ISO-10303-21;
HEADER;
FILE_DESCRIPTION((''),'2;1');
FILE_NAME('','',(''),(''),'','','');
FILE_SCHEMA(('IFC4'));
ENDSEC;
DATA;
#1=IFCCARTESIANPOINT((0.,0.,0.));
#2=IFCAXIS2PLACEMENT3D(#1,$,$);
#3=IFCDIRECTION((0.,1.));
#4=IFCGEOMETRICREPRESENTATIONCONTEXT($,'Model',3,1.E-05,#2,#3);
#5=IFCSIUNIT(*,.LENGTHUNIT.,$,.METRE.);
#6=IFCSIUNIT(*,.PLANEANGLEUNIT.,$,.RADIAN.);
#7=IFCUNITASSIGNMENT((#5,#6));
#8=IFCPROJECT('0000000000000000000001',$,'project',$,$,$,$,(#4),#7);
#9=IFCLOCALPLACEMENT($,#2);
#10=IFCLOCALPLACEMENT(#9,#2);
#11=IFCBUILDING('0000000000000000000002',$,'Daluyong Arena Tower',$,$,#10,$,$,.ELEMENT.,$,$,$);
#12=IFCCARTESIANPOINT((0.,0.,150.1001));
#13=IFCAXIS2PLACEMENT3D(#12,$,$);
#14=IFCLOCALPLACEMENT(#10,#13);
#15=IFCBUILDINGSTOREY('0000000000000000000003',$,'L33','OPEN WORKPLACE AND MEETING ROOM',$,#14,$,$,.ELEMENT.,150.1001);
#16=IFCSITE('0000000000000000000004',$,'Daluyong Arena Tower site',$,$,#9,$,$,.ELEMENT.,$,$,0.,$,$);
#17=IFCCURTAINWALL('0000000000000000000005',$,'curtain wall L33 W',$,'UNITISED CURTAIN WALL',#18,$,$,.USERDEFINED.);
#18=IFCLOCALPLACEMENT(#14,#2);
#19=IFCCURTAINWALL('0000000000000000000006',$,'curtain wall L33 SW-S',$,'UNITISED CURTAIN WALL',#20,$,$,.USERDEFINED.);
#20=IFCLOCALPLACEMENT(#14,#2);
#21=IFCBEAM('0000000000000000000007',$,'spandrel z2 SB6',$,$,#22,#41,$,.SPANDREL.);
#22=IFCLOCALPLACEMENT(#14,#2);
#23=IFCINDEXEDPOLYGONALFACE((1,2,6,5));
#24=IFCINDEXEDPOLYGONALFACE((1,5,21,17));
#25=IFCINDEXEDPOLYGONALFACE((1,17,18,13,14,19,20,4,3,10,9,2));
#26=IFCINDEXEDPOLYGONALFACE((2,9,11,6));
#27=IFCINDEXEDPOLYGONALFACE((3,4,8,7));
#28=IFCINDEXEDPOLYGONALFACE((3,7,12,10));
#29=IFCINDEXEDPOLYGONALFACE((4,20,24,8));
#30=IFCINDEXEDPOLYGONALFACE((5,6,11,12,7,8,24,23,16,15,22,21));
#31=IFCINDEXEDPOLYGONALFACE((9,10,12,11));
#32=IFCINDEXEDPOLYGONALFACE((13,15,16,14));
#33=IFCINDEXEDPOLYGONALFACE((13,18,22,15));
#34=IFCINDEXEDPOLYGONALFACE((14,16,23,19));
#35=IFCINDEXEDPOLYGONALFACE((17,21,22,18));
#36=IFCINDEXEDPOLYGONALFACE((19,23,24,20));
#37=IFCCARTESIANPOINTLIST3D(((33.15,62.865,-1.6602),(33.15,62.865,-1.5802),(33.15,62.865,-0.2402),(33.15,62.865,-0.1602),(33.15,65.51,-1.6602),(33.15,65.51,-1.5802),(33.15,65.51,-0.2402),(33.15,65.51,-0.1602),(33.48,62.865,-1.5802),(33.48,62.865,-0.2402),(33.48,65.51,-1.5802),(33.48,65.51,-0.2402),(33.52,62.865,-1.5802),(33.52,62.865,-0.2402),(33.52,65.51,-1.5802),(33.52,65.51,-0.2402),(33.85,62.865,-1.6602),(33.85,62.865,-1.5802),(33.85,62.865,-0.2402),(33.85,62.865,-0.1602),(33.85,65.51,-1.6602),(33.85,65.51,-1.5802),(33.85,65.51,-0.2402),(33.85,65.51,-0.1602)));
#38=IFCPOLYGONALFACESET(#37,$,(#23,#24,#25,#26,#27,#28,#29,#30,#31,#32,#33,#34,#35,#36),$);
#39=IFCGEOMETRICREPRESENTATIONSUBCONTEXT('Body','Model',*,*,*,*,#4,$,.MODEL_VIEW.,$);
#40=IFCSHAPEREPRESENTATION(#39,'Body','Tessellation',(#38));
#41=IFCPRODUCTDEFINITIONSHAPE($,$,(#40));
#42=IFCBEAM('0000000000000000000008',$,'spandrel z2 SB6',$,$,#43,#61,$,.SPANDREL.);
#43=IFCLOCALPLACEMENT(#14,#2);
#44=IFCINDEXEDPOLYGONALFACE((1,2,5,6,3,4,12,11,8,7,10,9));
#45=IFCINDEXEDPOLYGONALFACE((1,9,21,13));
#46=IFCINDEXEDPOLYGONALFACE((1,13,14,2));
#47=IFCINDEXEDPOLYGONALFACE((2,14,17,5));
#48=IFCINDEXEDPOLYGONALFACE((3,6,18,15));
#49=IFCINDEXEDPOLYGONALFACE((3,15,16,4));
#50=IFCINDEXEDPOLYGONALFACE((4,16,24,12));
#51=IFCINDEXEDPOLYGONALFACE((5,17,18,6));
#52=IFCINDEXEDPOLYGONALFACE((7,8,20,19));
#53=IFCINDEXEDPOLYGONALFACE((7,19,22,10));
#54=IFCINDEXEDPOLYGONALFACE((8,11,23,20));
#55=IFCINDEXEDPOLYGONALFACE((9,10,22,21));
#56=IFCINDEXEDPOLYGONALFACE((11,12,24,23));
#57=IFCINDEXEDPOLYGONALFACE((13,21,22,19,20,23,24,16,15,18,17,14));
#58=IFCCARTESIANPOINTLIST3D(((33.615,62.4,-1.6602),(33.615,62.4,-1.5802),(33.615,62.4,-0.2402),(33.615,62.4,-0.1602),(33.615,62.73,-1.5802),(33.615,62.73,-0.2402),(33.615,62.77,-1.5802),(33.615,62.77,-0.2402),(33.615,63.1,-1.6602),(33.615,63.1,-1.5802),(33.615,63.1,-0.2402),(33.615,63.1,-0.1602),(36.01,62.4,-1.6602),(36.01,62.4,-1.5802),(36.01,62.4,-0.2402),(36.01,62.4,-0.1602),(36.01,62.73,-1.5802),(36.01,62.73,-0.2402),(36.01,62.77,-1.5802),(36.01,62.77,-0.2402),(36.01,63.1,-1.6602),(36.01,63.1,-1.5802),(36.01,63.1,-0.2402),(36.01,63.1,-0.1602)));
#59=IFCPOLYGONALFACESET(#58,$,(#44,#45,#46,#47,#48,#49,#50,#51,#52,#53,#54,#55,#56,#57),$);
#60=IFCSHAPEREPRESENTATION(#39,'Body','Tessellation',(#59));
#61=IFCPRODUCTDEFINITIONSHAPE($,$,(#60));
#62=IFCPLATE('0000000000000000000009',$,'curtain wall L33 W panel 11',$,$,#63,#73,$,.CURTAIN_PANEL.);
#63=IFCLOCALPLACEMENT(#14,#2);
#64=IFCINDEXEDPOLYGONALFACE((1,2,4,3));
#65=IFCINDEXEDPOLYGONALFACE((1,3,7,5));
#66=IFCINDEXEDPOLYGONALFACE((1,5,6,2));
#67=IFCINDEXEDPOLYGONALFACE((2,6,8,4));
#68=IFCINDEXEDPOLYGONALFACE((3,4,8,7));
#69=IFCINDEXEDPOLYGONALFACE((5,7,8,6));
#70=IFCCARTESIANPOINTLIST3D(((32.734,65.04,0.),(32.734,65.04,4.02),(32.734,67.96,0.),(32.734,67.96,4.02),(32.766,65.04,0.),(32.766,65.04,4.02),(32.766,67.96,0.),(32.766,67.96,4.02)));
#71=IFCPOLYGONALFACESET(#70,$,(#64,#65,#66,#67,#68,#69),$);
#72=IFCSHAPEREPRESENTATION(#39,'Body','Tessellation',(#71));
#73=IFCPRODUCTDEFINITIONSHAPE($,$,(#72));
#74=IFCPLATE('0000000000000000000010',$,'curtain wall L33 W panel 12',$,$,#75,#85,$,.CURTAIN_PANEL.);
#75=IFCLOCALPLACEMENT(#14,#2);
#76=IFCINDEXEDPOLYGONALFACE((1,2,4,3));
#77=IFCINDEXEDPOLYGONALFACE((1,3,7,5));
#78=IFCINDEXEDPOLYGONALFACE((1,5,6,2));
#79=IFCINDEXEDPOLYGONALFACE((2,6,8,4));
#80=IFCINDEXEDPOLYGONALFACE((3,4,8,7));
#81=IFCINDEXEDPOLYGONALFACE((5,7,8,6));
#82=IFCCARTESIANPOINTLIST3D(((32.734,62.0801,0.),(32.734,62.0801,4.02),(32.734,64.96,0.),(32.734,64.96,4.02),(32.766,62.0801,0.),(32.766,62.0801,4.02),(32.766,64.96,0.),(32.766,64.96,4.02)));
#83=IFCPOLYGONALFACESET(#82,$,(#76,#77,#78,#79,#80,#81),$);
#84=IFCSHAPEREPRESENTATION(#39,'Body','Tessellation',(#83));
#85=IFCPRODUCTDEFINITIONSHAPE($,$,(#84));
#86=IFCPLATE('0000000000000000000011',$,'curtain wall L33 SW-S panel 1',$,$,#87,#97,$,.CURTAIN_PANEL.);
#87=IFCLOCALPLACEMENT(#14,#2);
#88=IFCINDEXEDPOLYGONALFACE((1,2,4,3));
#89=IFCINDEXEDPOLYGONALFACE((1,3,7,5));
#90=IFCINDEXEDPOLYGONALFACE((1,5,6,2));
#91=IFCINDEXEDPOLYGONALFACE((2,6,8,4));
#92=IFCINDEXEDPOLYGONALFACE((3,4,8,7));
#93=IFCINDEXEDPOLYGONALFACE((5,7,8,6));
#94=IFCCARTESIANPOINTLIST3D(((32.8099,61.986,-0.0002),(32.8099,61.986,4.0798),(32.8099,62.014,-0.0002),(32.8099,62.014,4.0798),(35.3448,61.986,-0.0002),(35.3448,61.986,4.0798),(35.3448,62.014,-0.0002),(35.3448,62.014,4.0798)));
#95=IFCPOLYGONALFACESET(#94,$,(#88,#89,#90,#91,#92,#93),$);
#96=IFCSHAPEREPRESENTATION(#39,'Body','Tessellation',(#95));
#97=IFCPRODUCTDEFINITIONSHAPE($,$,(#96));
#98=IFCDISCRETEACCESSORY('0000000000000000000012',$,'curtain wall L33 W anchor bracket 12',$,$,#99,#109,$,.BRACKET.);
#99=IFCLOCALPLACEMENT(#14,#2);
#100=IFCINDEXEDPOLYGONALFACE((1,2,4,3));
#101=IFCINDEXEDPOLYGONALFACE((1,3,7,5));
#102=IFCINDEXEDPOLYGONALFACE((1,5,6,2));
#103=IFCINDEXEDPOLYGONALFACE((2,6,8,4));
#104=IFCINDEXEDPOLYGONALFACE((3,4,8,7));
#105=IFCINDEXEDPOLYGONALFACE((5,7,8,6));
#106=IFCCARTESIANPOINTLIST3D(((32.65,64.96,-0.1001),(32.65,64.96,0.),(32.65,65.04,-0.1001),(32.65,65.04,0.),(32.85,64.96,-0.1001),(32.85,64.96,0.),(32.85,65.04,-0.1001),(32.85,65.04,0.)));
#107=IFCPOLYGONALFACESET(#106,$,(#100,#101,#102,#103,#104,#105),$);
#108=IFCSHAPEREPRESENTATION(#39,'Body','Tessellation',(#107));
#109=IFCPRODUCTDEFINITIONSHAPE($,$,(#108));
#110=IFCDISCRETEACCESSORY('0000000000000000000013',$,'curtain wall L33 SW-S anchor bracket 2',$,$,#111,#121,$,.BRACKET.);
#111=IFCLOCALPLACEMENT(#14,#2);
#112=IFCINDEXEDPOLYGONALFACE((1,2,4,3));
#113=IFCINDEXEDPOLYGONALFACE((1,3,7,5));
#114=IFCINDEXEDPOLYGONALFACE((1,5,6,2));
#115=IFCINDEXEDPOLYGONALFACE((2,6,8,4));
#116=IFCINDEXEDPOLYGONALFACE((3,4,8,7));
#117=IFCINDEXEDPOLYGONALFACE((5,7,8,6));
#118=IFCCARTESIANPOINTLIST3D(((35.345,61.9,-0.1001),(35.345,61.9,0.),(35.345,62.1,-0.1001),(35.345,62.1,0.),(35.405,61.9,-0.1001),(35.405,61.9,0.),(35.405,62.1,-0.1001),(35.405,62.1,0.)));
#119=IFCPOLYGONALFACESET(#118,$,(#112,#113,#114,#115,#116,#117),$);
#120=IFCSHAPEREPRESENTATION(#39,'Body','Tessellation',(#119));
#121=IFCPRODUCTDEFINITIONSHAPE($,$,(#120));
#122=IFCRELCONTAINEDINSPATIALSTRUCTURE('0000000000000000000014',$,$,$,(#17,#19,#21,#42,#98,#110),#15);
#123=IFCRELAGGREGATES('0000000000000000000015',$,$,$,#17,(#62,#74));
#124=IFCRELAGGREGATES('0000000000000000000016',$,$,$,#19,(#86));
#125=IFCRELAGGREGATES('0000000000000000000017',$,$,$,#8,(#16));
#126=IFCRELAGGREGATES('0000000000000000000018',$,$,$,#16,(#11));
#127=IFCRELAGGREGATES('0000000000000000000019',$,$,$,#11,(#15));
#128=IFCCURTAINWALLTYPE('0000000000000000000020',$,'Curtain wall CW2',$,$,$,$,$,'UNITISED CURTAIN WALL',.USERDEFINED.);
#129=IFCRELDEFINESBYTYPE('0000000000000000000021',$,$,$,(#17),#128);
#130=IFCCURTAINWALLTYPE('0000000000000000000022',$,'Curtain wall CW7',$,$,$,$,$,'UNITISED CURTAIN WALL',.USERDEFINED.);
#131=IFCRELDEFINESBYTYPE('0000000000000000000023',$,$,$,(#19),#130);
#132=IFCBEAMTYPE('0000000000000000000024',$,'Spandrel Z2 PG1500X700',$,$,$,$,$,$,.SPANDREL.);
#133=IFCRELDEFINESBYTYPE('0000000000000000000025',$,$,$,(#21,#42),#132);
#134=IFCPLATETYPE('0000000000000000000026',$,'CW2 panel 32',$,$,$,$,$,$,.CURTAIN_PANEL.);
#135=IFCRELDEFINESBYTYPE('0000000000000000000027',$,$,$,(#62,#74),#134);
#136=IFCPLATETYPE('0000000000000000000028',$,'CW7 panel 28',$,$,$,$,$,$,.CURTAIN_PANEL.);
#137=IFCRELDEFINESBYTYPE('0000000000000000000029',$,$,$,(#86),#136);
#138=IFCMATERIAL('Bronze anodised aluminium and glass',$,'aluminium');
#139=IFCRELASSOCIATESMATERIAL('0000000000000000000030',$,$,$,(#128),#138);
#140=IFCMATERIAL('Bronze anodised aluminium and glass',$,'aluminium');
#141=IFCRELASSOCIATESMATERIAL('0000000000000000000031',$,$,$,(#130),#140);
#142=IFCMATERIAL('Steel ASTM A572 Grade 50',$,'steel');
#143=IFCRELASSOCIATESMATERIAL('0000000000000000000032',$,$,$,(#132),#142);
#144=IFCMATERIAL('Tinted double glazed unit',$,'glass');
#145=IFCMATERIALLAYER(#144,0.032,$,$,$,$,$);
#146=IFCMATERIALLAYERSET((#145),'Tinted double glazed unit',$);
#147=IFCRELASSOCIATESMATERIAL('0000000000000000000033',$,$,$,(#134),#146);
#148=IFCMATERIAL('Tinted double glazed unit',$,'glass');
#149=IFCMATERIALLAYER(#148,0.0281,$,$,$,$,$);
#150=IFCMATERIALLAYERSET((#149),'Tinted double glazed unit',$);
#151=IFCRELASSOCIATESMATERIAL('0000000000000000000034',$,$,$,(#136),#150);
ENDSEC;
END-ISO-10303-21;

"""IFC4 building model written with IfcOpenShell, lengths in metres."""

from ifc_helpers import new_model, si_unit, direction, frame, origin, origin_2d, place, context, subcontext, project, spatial, rectangle, i_section, extrude, material, layer, layer_set, material_profile, profile_set, type_object, element, aggregate, save


model = new_model("IFC4")

# Units and contexts
model_context = context("Model", 3, precision=1e-05, world=origin(), true_north=direction((0.0, 1.0)))
body_context = subcontext(model_context, "Body", "Model", "MODEL_VIEW")
ifc_project = project(units=[si_unit("LENGTHUNIT", "METRE"), si_unit("PLANEANGLEUNIT", "RADIAN")], contexts=[model_context])

# Site, building, storey
site_placement = place(None, origin())
site = spatial("IfcSite", under=ifc_project, at=site_placement, Name="Daluyong Arena Tower site", CompositionType="ELEMENT", RefElevation=0.0)
building_placement = place(site_placement, origin())
building = spatial("IfcBuilding", under=site, at=building_placement, Name="Daluyong Arena Tower", CompositionType="ELEMENT")
storey_placement = place(building_placement, frame((0.0, 0.0, 150.1001)))
storey = spatial("IfcBuildingStorey", under=building, at=storey_placement, Name="L33", Description="OPEN WORKPLACE AND MEETING ROOM", CompositionType="ELEMENT", Elevation=150.1001)

# Curtain walls
ifc_material_1 = material(Name="Bronze anodised aluminium and glass", Category="aluminium")
curtain_wall_type_1 = type_object("IfcCurtainWallType", Name="Curtain wall CW2", ElementType="UNITISED CURTAIN WALL", PredefinedType="USERDEFINED", material=ifc_material_1)
curtain_wall_1_placement = place(storey_placement, origin())
curtain_wall_1 = element("IfcCurtainWall", 1, at=curtain_wall_1_placement, inside=storey, type_object=curtain_wall_type_1, Name="curtain wall L33 W", ObjectType="UNITISED CURTAIN WALL", PredefinedType="USERDEFINED")
ifc_material_2 = material(Name="Bronze anodised aluminium and glass", Category="aluminium")
curtain_wall_type_2 = type_object("IfcCurtainWallType", Name="Curtain wall CW7", ElementType="UNITISED CURTAIN WALL", PredefinedType="USERDEFINED", material=ifc_material_2)
curtain_wall_2_placement = place(storey_placement, origin())
curtain_wall_2 = element("IfcCurtainWall", 2, at=curtain_wall_2_placement, inside=storey, type_object=curtain_wall_type_2, Name="curtain wall L33 SW-S", ObjectType="UNITISED CURTAIN WALL", PredefinedType="USERDEFINED")

# Beams
ifc_material_3 = material(Name="Steel ASTM A572 Grade 50", Category="steel")
ifc_material_profile_1 = material_profile(ifc_material_3, i_section(OverallWidth=0.7, OverallDepth=1.5, WebThickness=0.04, FlangeThickness=0.08, at=origin_2d()))
ifc_profile_set_1 = profile_set([ifc_material_profile_1], Name="Steel ASTM A572 Grade 50")
beam_type_1 = type_object("IfcBeamType", Name="Spandrel Z2 PG1500X700", PredefinedType="SPANDREL", material=ifc_profile_set_1)
beam_1_placement = place(storey_placement, frame((33.5, 65.51, -0.9102), z_axis=(0.0, -1.0, 0.0), x_axis=(1.0, 0.0, 0.0)))
element("IfcBeam", 3, at=beam_1_placement, inside=storey, type_object=beam_type_1, Name="spandrel z2 SB6", PredefinedType="SPANDREL", context=body_context, shape_type="SweptSolid", body=[
    extrude(i_section(OverallWidth=0.7, OverallDepth=1.5, WebThickness=0.04, FlangeThickness=0.08, at=origin_2d()), origin(), (0.0, 0.0, 1.0), 2.645),
])
beam_2_placement = place(storey_placement, frame((33.615, 62.75, -0.9102), z_axis=(1.0, 0.0, 0.0), x_axis=(0.0, 1.0, 0.0)))
element("IfcBeam", 4, at=beam_2_placement, inside=storey, type_object=beam_type_1, Name="spandrel z2 SB6", PredefinedType="SPANDREL", context=body_context, shape_type="SweptSolid", body=[
    extrude(i_section(OverallWidth=0.7, OverallDepth=1.5, WebThickness=0.04, FlangeThickness=0.08, at=origin_2d()), origin(), (0.0, 0.0, 1.0), 2.395),
])

# Plates
ifc_material_4 = material(Name="Tinted double glazed unit", Category="glass")
ifc_layer_1 = layer(ifc_material_4, 0.032)
ifc_layer_set_1 = layer_set([ifc_layer_1], Name="Tinted double glazed unit")
plate_type_1 = type_object("IfcPlateType", Name="CW2 panel 32", PredefinedType="CURTAIN_PANEL", material=ifc_layer_set_1)
plate_1_placement = place(storey_placement, frame((32.75, 66.5, 0.0), z_axis=(0.0, 0.0, 1.0), x_axis=(0.0, -1.0, 0.0)))
plate_1 = element("IfcPlate", 5, at=plate_1_placement, type_object=plate_type_1, Name="curtain wall L33 W panel 11", PredefinedType="CURTAIN_PANEL", context=body_context, shape_type="SweptSolid", body=[
    extrude(rectangle(XDim=2.9199, YDim=0.032, at=origin_2d()), origin(), (0.0, 0.0, 1.0), 4.02),
])
plate_2_placement = place(storey_placement, frame((32.75, 63.52, 0.0), z_axis=(0.0, 0.0, 1.0), x_axis=(0.0, -1.0, 0.0)))
plate_2 = element("IfcPlate", 6, at=plate_2_placement, type_object=plate_type_1, Name="curtain wall L33 W panel 12", PredefinedType="CURTAIN_PANEL", context=body_context, shape_type="SweptSolid", body=[
    extrude(rectangle(XDim=2.8799, YDim=0.032, at=origin_2d()), origin(), (0.0, 0.0, 1.0), 4.02),
])
aggregate(curtain_wall_1, [plate_1, plate_2])
ifc_material_5 = material(Name="Tinted double glazed unit", Category="glass")
ifc_layer_2 = layer(ifc_material_5, 0.0281)
ifc_layer_set_2 = layer_set([ifc_layer_2], Name="Tinted double glazed unit")
plate_type_2 = type_object("IfcPlateType", Name="CW7 panel 28", PredefinedType="CURTAIN_PANEL", material=ifc_layer_set_2)
plate_3_placement = place(storey_placement, frame((34.0774, 62.0, -0.0002), z_axis=(0.0, 0.0, 1.0), x_axis=(1.0, 0.0, 0.0)))
plate_3 = element("IfcPlate", 7, at=plate_3_placement, type_object=plate_type_2, Name="curtain wall L33 SW-S panel 1", PredefinedType="CURTAIN_PANEL", context=body_context, shape_type="SweptSolid", body=[
    extrude(rectangle(XDim=2.5349, YDim=0.0281, at=origin_2d()), origin(), (0.0, 0.0, 1.0), 4.0801),
])
aggregate(curtain_wall_2, [plate_3])

# Discrete accessories
discrete_accessory_1_placement = place(storey_placement, frame((32.75, 65.0, -0.1001), z_axis=(0.0, 0.0, 1.0), x_axis=(0.0, -1.0, 0.0)))
element("IfcDiscreteAccessory", 8, at=discrete_accessory_1_placement, inside=storey, Name="curtain wall L33 W anchor bracket 12", PredefinedType="BRACKET", context=body_context, shape_type="SweptSolid", body=[
    extrude(rectangle(XDim=0.0801, YDim=0.2, at=origin_2d()), origin(), (0.0, 0.0, 1.0), 0.1001),
])
discrete_accessory_2_placement = place(storey_placement, frame((35.375, 62.0, -0.1001), z_axis=(0.0, 0.0, 1.0), x_axis=(1.0, 0.0, 0.0)))
element("IfcDiscreteAccessory", 9, at=discrete_accessory_2_placement, inside=storey, Name="curtain wall L33 SW-S anchor bracket 2", PredefinedType="BRACKET", context=body_context, shape_type="SweptSolid", body=[
    extrude(rectangle(XDim=0.0601, YDim=0.2, at=origin_2d()), origin(), (0.0, 0.0, 1.0), 0.1001),
])

save(model, "model.ifc")
